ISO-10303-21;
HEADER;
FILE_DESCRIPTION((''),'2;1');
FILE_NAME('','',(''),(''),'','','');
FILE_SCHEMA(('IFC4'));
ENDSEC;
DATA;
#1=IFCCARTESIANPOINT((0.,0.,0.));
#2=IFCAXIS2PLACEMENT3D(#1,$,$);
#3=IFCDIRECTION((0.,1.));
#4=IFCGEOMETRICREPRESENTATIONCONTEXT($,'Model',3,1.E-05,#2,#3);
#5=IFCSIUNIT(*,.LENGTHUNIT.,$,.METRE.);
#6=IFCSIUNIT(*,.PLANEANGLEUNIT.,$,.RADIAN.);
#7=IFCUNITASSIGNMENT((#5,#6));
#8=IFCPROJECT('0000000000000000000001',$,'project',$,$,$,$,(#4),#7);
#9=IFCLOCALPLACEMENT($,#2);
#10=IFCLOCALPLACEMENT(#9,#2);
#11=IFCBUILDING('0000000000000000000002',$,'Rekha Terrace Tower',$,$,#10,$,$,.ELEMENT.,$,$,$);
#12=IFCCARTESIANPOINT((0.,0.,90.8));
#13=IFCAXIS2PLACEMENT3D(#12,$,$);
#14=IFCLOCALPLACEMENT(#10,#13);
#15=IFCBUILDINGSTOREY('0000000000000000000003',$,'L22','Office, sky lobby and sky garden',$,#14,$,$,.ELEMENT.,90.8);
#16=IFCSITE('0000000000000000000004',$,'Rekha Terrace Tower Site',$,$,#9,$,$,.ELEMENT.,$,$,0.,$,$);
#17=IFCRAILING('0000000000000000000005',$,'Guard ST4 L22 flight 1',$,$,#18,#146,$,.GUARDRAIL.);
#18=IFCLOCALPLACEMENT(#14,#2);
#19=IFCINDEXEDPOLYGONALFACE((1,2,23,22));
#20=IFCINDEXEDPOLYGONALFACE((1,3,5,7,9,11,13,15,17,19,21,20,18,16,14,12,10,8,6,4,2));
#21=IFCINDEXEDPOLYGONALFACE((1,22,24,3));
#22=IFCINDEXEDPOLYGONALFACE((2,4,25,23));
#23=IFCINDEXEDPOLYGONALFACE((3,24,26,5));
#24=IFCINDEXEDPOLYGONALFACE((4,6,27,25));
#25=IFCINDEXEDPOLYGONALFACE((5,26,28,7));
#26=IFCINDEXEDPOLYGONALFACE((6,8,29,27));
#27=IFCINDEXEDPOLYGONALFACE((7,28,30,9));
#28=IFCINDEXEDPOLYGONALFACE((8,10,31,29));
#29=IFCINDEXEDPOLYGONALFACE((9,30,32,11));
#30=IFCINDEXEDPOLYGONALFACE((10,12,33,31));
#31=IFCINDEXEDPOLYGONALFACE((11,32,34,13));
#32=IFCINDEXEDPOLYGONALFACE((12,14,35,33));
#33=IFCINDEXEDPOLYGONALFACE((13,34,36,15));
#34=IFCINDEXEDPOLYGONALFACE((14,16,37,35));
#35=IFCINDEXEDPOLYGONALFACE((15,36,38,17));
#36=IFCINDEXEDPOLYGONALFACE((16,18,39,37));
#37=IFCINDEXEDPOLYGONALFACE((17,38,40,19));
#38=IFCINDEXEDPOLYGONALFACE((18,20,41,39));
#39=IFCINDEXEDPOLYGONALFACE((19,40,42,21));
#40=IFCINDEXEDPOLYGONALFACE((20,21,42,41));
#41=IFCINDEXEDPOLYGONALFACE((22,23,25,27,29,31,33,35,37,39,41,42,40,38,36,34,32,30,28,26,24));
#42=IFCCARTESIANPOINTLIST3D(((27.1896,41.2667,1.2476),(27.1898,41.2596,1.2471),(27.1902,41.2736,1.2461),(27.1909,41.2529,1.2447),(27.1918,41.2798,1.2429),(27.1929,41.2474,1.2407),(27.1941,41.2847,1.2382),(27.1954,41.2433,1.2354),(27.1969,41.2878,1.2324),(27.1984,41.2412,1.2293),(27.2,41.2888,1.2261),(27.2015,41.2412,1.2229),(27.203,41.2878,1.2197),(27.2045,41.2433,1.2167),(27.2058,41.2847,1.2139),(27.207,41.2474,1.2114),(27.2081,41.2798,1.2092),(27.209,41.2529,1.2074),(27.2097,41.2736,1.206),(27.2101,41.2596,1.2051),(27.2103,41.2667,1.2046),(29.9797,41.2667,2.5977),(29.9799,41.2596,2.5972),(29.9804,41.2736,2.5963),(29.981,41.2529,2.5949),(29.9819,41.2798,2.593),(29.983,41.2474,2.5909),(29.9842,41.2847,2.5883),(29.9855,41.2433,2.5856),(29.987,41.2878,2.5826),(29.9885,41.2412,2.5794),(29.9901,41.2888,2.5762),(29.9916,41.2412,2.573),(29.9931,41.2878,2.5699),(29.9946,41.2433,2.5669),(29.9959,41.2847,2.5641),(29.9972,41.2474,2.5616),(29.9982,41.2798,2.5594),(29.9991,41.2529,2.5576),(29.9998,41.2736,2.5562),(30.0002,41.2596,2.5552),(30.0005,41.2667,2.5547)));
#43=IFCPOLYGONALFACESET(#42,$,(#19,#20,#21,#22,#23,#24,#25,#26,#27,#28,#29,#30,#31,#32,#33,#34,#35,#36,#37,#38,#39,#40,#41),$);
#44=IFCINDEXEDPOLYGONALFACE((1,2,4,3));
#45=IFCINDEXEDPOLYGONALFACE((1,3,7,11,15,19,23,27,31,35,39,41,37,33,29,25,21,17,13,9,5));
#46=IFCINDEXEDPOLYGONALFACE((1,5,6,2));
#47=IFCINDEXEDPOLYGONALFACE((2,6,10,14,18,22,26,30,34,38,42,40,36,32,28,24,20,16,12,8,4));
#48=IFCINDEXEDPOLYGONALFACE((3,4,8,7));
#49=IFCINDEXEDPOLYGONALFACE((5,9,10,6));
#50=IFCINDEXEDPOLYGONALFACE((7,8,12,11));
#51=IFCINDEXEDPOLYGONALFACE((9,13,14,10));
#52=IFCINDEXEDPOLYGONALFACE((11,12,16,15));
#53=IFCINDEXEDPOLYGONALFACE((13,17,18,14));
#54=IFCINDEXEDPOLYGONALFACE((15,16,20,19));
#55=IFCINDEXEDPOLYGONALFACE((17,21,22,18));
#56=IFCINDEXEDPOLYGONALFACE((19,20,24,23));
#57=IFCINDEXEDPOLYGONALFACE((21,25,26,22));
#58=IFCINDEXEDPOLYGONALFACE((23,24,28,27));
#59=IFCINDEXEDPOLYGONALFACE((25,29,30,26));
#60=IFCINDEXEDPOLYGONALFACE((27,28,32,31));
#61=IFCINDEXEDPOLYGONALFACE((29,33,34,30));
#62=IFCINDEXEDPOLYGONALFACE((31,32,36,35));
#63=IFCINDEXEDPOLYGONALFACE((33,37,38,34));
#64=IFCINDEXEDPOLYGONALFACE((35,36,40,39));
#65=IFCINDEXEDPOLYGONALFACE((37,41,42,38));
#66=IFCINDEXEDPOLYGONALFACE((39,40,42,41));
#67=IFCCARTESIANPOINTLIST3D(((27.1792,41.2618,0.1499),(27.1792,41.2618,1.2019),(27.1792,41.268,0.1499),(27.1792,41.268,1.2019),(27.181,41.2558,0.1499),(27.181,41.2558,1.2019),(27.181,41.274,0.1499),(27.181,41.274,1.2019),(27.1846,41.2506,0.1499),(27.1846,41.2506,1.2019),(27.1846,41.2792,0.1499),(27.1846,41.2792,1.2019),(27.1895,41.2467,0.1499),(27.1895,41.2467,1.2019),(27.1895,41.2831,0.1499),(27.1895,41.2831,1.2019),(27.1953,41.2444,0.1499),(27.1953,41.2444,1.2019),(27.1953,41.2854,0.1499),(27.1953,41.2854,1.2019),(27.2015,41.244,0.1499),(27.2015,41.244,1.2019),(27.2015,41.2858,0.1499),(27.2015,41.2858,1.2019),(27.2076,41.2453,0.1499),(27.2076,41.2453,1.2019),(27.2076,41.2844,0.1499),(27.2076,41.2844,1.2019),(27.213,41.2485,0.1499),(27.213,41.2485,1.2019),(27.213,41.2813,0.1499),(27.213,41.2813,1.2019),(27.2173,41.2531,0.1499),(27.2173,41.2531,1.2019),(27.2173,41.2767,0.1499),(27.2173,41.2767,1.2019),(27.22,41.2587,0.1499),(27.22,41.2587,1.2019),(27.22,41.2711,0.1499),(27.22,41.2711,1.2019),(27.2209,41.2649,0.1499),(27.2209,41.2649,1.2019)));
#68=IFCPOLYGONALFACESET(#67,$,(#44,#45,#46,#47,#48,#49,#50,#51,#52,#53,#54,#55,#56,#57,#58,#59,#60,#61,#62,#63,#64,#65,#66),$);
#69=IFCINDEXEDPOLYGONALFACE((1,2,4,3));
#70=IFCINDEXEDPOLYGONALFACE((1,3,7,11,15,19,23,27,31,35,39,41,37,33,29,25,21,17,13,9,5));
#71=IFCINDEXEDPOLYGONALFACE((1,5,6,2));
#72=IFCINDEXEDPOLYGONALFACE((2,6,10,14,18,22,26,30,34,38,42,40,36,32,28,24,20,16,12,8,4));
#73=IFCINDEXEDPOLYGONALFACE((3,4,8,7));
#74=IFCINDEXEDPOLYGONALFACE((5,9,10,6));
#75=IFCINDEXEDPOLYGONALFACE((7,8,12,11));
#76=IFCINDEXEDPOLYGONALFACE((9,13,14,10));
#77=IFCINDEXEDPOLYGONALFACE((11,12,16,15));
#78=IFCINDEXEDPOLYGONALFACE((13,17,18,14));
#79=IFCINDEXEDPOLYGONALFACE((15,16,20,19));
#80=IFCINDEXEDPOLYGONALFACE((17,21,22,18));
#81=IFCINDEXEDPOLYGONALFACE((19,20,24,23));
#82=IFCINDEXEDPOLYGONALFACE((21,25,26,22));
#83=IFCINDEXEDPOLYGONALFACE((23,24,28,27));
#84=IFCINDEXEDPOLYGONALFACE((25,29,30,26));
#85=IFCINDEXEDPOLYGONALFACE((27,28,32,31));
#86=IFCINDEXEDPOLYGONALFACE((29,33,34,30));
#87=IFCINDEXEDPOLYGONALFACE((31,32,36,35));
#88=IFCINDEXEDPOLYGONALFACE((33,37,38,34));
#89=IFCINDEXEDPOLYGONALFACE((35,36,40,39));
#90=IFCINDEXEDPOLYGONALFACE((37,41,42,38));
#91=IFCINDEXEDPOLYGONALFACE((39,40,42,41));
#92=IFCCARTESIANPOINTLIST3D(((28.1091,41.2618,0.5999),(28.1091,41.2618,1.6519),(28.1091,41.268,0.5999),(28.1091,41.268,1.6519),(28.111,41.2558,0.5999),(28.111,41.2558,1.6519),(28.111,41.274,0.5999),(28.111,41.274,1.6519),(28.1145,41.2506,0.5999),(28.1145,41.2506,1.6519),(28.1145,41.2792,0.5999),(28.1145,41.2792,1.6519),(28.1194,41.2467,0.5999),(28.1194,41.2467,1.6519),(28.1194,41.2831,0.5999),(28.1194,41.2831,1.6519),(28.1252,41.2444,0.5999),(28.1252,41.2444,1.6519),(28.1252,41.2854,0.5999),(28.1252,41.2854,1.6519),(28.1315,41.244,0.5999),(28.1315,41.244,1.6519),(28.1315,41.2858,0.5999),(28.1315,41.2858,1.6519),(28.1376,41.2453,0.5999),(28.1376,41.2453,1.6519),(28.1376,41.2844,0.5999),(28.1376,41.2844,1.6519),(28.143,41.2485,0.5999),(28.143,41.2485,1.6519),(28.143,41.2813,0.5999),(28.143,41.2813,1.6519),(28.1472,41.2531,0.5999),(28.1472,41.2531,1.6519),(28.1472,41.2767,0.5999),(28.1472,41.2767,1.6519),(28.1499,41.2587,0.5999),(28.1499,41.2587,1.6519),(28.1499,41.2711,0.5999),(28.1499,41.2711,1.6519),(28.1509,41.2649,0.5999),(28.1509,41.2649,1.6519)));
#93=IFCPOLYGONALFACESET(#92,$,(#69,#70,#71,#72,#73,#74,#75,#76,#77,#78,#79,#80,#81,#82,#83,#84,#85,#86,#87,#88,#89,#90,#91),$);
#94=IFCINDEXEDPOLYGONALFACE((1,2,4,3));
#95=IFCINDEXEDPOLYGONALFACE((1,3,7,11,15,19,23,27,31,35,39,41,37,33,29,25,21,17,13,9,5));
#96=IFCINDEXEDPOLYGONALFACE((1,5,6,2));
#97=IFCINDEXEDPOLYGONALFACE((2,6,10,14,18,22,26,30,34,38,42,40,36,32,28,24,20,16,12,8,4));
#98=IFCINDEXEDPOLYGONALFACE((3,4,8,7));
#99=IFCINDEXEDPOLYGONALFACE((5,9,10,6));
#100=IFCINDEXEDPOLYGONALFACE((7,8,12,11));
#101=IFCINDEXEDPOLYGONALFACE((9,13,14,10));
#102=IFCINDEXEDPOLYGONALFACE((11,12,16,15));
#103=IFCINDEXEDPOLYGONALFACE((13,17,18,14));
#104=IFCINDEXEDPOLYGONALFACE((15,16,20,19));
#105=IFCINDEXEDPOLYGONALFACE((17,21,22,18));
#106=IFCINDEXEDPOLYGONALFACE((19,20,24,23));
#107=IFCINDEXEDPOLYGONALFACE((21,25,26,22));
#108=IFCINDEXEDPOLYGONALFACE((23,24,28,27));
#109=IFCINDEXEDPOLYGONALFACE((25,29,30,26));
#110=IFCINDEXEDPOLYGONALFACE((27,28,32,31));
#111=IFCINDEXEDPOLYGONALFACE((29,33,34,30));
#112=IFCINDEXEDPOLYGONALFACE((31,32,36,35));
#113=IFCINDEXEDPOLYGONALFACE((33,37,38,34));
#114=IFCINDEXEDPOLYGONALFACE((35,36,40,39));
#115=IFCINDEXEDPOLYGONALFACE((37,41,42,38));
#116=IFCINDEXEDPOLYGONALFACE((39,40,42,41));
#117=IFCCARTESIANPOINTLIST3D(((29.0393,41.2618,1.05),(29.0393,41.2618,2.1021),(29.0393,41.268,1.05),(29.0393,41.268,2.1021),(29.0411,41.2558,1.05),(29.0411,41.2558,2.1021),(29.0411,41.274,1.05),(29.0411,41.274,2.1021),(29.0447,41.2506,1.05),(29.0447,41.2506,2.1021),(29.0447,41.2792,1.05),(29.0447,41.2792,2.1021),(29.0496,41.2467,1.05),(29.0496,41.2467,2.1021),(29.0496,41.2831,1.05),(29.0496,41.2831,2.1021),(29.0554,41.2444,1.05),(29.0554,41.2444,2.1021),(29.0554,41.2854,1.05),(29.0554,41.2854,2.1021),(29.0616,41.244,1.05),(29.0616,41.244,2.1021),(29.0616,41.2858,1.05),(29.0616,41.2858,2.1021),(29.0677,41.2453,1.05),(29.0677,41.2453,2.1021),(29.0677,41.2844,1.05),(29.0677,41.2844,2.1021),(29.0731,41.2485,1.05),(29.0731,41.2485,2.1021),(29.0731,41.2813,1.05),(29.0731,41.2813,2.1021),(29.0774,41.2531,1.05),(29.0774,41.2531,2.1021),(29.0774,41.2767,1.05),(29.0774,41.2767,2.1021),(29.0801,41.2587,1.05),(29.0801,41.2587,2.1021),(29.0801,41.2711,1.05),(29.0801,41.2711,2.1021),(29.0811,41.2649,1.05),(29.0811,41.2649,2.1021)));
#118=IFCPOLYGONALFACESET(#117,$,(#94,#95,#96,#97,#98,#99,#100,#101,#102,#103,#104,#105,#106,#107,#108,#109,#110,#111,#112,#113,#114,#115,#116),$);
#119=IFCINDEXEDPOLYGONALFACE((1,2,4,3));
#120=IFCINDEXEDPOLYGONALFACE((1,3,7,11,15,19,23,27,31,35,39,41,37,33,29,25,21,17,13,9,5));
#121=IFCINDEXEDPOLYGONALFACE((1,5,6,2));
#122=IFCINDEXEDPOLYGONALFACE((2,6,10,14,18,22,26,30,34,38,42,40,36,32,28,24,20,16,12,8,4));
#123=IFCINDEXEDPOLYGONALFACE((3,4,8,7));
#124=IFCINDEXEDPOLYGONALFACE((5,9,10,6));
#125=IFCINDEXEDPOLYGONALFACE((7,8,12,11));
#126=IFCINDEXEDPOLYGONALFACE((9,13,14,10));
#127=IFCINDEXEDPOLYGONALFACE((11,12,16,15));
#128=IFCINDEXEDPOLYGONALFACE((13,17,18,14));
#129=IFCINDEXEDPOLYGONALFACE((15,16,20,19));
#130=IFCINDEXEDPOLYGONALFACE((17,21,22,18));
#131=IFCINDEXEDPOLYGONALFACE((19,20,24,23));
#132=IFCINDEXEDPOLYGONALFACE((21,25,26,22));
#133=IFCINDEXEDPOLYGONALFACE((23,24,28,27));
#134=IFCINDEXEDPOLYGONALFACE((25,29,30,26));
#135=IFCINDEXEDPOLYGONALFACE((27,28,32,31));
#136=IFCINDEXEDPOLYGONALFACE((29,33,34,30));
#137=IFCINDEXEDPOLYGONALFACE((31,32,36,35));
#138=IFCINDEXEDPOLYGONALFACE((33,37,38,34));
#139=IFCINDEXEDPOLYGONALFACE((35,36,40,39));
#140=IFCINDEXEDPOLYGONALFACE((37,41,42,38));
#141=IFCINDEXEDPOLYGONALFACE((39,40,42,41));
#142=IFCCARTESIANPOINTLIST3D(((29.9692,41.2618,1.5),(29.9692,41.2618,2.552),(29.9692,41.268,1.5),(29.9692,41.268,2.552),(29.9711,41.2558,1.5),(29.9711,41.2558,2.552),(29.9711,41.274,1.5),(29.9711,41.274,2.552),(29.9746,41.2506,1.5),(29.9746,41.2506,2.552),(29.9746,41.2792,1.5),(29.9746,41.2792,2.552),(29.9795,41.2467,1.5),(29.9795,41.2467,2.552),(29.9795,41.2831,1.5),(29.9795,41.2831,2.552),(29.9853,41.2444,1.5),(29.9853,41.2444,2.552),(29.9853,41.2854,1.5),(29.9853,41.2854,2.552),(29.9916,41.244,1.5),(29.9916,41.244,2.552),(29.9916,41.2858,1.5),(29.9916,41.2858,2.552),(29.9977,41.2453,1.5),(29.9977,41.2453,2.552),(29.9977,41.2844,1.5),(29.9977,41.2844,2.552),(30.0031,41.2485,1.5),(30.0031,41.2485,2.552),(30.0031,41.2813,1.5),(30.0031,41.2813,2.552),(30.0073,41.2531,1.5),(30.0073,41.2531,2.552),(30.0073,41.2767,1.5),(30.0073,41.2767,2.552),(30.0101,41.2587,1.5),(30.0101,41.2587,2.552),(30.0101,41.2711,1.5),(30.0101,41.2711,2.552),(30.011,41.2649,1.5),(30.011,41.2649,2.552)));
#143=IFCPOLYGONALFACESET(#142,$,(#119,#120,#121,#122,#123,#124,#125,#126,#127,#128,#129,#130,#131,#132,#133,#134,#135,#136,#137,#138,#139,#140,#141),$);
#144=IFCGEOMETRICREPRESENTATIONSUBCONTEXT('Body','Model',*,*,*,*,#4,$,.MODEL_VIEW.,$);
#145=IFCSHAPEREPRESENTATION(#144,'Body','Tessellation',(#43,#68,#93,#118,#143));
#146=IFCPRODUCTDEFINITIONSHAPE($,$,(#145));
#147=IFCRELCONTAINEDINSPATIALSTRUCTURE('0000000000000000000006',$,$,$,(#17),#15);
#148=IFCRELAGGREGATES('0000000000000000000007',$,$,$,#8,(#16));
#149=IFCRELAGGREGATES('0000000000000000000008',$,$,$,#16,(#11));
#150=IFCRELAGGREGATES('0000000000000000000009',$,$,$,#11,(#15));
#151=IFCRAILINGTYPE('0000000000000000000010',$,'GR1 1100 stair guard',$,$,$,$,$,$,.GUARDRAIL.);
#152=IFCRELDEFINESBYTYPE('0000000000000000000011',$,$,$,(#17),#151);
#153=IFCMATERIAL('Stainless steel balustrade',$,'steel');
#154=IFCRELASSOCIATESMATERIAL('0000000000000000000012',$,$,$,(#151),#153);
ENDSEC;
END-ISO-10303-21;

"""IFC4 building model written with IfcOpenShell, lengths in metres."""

from ifc_helpers import new_model, si_unit, direction, frame, origin, origin_2d, place, context, subcontext, project, spatial, circle, extrude, material, type_object, element, save


model = new_model("IFC4")

# Units and contexts
model_context = context("Model", 3, precision=1e-05, world=origin(), true_north=direction((0.0, 1.0)))
body_context = subcontext(model_context, "Body", "Model", "MODEL_VIEW")
ifc_project = project(units=[si_unit("LENGTHUNIT", "METRE"), si_unit("PLANEANGLEUNIT", "RADIAN")], contexts=[model_context])

# Site, building, storey
site_placement = place(None, origin())
site = spatial("IfcSite", under=ifc_project, at=site_placement, Name="Rekha Terrace Tower Site", CompositionType="ELEMENT", RefElevation=0.0)
building_placement = place(site_placement, origin())
building = spatial("IfcBuilding", under=site, at=building_placement, Name="Rekha Terrace Tower", CompositionType="ELEMENT")
storey_placement = place(building_placement, frame((0.0, 0.0, 90.8)))
storey = spatial("IfcBuildingStorey", under=building, at=storey_placement, Name="L22", Description="Office, sky lobby and sky garden", CompositionType="ELEMENT", Elevation=90.8)

# Railing
ifc_material_1 = material(Name="Stainless steel balustrade", Category="steel")
railing_type_1 = type_object("IfcRailingType", Name="GR1 1100 stair guard", PredefinedType="GUARDRAIL", material=ifc_material_1)
railing_1_placement = place(storey_placement, frame((27.2, 41.2649, 0.1499)))
element("IfcRailing", 1, at=railing_1_placement, inside=storey, type_object=railing_type_1, Name="Guard ST4 L22 flight 1", PredefinedType="GUARDRAIL", context=body_context, shape_type="SweptSolid", body=[
    extrude(circle(Radius=0.0239, at=origin_2d()), frame((0.0, 0.0, 1.0762), z_axis=(0.900149, 0.0, 0.435582), x_axis=(0.0, 1.0, 0.0)), (0.0, 0.0, 1.0), 3.0996),
    extrude(circle(Radius=0.021, at=origin_2d()), origin(), (0.0, 0.0, 1.0), 1.052),
    extrude(circle(Radius=0.021, at=origin_2d()), frame((0.9299, 0.0, 0.45)), (0.0, 0.0, 1.0), 1.052),
    extrude(circle(Radius=0.021, at=origin_2d()), frame((1.8601, 0.0, 0.9001)), (0.0, 0.0, 1.0), 1.052),
    extrude(circle(Radius=0.021, at=origin_2d()), frame((2.79, 0.0, 1.3501)), (0.0, 0.0, 1.0), 1.052),
])

save(model, "model.ifc")
